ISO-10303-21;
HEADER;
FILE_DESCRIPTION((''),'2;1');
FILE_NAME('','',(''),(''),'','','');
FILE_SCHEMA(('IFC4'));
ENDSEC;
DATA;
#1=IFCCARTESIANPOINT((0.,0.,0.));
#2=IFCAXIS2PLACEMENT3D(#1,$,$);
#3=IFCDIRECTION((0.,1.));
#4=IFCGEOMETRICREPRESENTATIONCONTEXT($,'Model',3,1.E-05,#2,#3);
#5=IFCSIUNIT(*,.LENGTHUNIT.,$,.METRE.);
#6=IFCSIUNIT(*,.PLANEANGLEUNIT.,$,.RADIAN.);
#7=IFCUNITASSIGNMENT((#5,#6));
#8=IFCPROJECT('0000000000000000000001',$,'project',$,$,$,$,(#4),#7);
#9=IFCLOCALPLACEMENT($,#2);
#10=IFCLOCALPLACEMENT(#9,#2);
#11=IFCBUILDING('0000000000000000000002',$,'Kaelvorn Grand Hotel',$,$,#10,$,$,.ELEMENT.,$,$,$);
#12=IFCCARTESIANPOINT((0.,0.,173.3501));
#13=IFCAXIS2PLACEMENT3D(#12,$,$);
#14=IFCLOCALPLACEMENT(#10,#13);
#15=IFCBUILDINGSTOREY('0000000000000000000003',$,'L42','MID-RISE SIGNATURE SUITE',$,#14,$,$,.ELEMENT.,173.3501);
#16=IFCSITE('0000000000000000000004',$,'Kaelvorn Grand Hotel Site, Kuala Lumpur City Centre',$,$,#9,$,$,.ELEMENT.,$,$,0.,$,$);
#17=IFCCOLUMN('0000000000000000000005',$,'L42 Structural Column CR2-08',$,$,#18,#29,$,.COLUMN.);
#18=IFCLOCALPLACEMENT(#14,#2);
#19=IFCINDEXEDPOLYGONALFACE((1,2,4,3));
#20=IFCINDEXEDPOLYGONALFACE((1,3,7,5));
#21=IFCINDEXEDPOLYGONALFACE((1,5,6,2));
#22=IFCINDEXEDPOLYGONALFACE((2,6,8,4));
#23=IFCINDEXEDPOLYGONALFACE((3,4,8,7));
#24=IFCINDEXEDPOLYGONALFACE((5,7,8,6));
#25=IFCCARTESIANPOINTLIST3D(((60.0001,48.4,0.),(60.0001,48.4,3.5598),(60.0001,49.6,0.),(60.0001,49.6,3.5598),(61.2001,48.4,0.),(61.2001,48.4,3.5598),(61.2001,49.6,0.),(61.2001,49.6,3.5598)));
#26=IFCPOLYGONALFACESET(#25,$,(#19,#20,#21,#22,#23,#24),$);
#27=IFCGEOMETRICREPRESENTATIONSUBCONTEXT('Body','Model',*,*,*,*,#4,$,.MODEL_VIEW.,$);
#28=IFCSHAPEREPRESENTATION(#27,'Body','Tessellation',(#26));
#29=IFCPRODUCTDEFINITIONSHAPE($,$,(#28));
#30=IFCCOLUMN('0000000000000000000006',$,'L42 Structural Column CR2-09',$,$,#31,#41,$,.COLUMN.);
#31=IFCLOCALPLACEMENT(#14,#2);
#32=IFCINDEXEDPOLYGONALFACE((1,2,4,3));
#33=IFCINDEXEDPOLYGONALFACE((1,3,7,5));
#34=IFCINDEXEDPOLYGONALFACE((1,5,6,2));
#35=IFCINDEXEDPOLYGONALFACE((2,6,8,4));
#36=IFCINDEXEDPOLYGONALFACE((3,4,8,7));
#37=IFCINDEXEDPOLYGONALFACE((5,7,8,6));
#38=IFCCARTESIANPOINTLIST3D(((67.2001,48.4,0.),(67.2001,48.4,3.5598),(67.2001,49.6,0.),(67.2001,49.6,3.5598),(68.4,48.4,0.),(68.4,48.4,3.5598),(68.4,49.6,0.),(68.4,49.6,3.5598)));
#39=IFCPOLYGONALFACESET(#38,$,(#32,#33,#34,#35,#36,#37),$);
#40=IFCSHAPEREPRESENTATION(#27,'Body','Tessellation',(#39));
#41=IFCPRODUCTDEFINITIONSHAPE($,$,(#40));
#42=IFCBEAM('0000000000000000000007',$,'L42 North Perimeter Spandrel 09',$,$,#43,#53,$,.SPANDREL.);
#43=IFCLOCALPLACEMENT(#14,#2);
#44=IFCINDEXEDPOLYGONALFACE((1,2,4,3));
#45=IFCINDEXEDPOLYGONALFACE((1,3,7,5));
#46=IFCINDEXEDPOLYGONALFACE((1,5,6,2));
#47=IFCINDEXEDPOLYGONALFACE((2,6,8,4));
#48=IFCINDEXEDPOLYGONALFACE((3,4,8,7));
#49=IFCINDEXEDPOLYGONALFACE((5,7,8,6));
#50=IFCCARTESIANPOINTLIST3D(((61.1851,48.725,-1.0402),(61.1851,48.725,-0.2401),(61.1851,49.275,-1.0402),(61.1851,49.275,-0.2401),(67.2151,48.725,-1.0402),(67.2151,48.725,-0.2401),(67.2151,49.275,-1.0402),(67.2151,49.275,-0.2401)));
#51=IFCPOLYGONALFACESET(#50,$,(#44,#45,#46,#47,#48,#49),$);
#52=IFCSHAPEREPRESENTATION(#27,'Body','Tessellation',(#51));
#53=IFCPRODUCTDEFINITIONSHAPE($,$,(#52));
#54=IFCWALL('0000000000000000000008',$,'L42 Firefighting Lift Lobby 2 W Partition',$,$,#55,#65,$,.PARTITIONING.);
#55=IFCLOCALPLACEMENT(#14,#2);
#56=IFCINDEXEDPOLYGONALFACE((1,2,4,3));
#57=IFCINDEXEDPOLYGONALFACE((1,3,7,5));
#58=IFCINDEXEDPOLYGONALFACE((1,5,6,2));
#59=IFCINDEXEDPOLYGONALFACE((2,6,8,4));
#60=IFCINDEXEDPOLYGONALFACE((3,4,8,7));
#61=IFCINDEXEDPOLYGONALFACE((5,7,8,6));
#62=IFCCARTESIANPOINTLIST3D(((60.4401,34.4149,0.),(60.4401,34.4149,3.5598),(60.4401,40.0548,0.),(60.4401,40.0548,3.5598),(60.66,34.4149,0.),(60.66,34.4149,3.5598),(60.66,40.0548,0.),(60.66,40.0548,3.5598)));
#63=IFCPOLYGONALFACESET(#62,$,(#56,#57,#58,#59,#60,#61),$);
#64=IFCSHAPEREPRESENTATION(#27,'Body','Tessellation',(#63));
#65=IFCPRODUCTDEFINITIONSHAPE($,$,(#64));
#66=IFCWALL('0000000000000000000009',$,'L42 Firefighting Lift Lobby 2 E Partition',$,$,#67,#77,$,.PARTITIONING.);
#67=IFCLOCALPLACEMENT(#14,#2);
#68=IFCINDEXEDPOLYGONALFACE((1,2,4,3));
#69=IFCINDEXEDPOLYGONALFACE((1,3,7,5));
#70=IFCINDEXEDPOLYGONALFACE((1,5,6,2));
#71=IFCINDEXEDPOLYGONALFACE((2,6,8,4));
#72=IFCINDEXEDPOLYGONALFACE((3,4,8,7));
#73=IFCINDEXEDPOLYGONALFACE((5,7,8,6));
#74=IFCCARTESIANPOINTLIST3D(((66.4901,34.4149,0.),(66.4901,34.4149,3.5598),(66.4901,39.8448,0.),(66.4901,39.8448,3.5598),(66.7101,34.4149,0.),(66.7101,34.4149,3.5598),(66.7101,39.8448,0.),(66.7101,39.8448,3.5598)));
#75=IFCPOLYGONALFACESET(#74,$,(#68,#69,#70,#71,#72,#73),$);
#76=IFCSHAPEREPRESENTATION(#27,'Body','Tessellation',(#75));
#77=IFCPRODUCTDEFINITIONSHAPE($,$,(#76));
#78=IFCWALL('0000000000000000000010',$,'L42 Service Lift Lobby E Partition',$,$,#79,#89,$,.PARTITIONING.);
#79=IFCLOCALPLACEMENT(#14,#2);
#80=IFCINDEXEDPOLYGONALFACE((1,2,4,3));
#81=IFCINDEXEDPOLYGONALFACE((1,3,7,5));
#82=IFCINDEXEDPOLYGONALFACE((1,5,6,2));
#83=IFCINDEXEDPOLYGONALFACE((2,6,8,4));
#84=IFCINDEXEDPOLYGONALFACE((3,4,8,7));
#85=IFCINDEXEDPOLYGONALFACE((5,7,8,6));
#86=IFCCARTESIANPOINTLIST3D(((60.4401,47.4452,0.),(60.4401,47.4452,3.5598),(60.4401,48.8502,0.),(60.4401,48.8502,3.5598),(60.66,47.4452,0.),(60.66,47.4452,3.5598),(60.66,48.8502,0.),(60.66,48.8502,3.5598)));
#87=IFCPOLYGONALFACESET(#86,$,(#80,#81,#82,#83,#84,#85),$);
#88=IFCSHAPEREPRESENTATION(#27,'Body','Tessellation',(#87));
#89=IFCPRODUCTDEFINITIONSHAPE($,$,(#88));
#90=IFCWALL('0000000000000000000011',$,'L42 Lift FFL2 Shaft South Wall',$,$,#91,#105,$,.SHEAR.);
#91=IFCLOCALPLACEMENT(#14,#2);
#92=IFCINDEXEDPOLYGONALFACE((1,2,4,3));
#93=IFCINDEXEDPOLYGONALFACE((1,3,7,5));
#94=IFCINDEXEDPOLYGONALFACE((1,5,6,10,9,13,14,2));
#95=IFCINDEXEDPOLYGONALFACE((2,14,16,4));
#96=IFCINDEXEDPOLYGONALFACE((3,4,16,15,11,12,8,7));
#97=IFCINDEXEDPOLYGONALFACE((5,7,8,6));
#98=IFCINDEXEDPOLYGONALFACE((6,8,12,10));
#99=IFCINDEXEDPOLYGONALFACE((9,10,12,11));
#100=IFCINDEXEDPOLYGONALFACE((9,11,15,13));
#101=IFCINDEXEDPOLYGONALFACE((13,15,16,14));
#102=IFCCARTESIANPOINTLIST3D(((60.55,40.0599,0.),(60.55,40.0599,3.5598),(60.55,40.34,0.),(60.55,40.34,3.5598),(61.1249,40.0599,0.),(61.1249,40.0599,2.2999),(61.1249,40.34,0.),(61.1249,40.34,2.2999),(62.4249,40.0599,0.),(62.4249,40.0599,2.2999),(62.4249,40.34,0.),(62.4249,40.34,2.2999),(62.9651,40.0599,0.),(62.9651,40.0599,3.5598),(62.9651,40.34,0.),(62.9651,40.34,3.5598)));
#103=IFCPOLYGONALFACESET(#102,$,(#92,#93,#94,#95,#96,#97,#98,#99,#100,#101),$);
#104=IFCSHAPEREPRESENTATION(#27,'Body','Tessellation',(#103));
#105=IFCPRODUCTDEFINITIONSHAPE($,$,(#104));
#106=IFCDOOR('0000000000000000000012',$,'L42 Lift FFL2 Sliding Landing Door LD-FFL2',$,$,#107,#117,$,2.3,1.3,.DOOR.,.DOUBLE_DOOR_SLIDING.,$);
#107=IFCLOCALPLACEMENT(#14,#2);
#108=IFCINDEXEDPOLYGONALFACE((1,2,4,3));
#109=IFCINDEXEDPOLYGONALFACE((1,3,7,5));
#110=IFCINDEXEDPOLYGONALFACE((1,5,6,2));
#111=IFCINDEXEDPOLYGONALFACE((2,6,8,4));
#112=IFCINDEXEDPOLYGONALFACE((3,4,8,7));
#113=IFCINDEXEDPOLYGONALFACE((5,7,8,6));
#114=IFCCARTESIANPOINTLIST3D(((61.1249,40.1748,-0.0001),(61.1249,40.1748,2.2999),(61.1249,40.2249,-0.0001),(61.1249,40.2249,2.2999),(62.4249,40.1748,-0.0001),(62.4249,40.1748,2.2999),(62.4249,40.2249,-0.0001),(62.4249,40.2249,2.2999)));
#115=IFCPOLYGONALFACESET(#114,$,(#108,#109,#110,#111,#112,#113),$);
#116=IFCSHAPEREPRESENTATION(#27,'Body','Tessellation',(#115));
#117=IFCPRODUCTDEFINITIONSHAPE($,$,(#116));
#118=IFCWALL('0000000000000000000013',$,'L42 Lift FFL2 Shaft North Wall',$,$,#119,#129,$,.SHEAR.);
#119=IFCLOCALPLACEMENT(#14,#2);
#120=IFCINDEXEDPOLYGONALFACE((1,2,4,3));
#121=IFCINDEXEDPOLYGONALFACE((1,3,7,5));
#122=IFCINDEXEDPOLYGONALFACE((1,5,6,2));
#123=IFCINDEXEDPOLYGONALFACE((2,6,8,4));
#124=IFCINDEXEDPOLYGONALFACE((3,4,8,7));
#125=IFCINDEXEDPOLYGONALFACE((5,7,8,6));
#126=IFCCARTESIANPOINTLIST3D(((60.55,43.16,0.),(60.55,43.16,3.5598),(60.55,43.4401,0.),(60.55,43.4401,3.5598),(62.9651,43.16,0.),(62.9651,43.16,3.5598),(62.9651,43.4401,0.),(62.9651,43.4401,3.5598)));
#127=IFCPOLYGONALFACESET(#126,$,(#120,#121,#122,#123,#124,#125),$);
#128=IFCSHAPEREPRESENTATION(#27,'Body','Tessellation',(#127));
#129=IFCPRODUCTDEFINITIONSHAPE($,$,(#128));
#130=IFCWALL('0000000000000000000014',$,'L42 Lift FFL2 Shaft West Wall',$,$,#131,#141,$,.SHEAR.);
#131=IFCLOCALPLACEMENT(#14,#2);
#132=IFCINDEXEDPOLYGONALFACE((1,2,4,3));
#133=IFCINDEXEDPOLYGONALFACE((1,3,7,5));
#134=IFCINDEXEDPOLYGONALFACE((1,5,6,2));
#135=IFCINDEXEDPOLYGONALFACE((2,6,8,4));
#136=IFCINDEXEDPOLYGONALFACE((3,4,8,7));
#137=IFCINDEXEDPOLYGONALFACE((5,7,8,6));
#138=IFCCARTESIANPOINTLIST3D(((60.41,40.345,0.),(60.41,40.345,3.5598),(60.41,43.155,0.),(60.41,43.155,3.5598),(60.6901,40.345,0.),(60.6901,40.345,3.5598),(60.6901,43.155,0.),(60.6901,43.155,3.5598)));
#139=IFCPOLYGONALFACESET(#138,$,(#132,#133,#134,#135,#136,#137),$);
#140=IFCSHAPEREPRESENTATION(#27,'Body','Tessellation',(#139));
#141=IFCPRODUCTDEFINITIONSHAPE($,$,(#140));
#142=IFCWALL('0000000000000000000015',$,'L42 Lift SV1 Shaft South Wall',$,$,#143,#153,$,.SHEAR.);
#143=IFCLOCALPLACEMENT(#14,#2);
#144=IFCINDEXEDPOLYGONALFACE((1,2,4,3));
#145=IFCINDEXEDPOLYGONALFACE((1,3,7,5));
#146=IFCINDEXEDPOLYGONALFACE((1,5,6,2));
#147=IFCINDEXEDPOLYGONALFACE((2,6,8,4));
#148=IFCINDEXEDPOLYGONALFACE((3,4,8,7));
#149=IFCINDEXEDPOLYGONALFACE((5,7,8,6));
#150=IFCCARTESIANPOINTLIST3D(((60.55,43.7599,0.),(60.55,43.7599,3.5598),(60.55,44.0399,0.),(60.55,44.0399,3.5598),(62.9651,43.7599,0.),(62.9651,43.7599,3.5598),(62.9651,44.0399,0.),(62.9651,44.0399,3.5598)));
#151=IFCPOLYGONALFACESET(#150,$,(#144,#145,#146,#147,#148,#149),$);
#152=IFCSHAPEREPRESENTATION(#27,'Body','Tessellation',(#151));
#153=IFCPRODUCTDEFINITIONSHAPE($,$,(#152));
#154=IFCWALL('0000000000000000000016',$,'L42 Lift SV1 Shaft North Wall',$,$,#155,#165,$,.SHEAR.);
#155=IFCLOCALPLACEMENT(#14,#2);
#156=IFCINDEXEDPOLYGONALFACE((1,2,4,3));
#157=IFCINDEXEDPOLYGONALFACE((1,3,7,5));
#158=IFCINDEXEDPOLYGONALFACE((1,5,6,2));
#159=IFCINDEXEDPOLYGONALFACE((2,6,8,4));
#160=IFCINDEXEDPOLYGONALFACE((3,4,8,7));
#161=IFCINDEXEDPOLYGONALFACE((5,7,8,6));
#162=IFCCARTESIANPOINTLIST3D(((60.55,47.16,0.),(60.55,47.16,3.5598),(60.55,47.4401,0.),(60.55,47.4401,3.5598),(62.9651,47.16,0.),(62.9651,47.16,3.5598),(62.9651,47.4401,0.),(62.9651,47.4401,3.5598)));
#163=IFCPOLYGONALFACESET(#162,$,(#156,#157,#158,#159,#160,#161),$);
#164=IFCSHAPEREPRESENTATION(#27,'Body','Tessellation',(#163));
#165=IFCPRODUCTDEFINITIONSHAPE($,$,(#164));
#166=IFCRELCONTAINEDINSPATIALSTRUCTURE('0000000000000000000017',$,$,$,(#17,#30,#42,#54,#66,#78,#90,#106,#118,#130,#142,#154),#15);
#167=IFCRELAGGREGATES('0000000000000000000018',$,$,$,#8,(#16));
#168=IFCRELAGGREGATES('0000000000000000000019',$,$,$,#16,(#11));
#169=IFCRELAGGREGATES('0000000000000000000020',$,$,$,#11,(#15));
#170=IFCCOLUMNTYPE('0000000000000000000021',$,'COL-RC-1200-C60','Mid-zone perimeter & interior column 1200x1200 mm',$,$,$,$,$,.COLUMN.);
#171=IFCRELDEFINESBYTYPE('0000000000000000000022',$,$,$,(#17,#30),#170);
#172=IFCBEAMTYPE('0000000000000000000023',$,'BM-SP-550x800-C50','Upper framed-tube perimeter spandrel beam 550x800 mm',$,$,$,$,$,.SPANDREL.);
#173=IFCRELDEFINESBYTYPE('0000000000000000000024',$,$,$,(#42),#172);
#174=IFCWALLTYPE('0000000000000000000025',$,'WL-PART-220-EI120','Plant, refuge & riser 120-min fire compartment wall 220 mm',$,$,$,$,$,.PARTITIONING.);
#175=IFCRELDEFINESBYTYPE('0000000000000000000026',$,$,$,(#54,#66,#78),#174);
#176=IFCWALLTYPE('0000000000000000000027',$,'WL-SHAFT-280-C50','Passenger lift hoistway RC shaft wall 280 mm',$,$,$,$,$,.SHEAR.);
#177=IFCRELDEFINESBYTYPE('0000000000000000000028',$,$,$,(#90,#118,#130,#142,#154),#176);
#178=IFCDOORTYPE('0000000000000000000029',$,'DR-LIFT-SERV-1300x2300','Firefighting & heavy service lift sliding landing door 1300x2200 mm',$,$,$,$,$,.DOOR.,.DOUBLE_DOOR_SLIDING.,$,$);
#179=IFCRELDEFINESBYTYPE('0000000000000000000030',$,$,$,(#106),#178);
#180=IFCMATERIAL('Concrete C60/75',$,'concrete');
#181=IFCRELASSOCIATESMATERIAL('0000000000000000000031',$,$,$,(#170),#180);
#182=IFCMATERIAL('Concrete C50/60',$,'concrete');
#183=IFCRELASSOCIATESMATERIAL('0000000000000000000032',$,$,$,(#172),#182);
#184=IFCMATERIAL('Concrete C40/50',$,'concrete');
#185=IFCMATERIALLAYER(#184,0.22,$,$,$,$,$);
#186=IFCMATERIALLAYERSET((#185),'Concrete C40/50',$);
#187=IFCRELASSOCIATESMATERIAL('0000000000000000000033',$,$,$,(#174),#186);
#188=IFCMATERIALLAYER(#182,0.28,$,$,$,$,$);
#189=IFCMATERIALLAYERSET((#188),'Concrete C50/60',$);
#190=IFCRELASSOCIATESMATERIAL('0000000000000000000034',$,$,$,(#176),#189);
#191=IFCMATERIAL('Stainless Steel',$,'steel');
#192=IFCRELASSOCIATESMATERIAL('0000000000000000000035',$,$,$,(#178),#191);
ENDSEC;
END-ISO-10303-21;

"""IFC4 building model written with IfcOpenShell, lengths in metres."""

from ifc_helpers import new_model, si_unit, direction, frame, frame_2d, origin, origin_2d, place, context, subcontext, project, spatial, rectangle, extrude, material, layer, layer_set, material_profile, profile_set, type_object, element, fill, save


model = new_model("IFC4")

# Units and contexts
model_context = context("Model", 3, precision=1e-05, world=origin(), true_north=direction((0.0, 1.0)))
body_context = subcontext(model_context, "Body", "Model", "MODEL_VIEW")
ifc_project = project(units=[si_unit("LENGTHUNIT", "METRE"), si_unit("PLANEANGLEUNIT", "RADIAN")], contexts=[model_context])

# Site, building, storey
site_placement = place(None, origin())
site = spatial("IfcSite", under=ifc_project, at=site_placement, Name="Kaelvorn Grand Hotel Site, Kuala Lumpur City Centre", CompositionType="ELEMENT", RefElevation=0.0)
building_placement = place(site_placement, origin())
building = spatial("IfcBuilding", under=site, at=building_placement, Name="Kaelvorn Grand Hotel", CompositionType="ELEMENT")
storey_placement = place(building_placement, frame((0.0, 0.0, 173.3501)))
storey = spatial("IfcBuildingStorey", under=building, at=storey_placement, Name="L42", Description="MID-RISE SIGNATURE SUITE", CompositionType="ELEMENT", Elevation=173.3501)

# Columns
ifc_material_1 = material(Name="Concrete C60/75", Category="concrete")
ifc_material_profile_1 = material_profile(ifc_material_1, rectangle(XDim=1.2, YDim=1.2, at=origin_2d()), Name="RC COL 1200x1200")
ifc_profile_set_1 = profile_set([ifc_material_profile_1], Name="Concrete C60/75")
column_type = type_object("IfcColumnType", Name="COL-RC-1200-C60", Description="Mid-zone perimeter & interior column 1200x1200 mm", PredefinedType="COLUMN", material=ifc_profile_set_1)
for number, where, z_axis, x_axis, name in (
    (1, (60.6001, 49.0, 0.0), (0.0, 0.0, 1.0), (1.0, 0.0, 0.0), "L42 Structural Column CR2-08"),
    (2, (67.8, 49.0, 0.0), (0.0, 0.0, 1.0), (1.0, 0.0, 0.0), "L42 Structural Column CR2-09"),
):
    element("IfcColumn", number, at=place(storey_placement, frame(where, z_axis=z_axis, x_axis=x_axis)), inside=storey, type_object=column_type, Name=name, PredefinedType="COLUMN", context=body_context, shape_type="SweptSolid", body=[
        extrude(rectangle(XDim=1.2, YDim=1.2, at=origin_2d()), origin(), (0.0, 0.0, 1.0), 3.5598),
    ])

# Beam
ifc_material_2 = material(Name="Concrete C50/60", Category="concrete")
ifc_material_profile_2 = material_profile(ifc_material_2, rectangle(XDim=0.55, YDim=0.8, at=origin_2d()), Name="RC SPANDREL 550x800")
ifc_profile_set_2 = profile_set([ifc_material_profile_2], Name="Concrete C50/60")
beam_type = type_object("IfcBeamType", Name="BM-SP-550x800-C50", Description="Upper framed-tube perimeter spandrel beam 550x800 mm", PredefinedType="SPANDREL", material=ifc_profile_set_2)
beam_placement = place(storey_placement, frame((61.1851, 49.0, -0.6401), z_axis=(1.0, 0.0, 0.0), x_axis=(0.0, 1.0, 0.0)))
element("IfcBeam", 3, at=beam_placement, inside=storey, type_object=beam_type, Name="L42 North Perimeter Spandrel 09", PredefinedType="SPANDREL", context=body_context, shape_type="SweptSolid", body=[
    extrude(rectangle(XDim=0.55, YDim=0.8, at=origin_2d()), origin(), (0.0, 0.0, 1.0), 6.03),
])

# Walls
ifc_material_3 = material(Name="Concrete C40/50", Category="concrete")
ifc_layer_1 = layer(ifc_material_3, 0.22)
ifc_layer_set_1 = layer_set([ifc_layer_1], Name="Concrete C40/50")
wall_type_1 = type_object("IfcWallType", Name="WL-PART-220-EI120", Description="Plant, refuge & riser 120-min fire compartment wall 220 mm", PredefinedType="PARTITIONING", material=ifc_layer_set_1)
wall_1_placement = place(storey_placement, frame((60.55, 34.415, 0.0), z_axis=(0.0, 0.0, 1.0), x_axis=(0.0, 1.0, 0.0)))
element("IfcWall", 4, at=wall_1_placement, inside=storey, type_object=wall_type_1, Name="L42 Firefighting Lift Lobby 2 W Partition", PredefinedType="PARTITIONING", context=body_context, shape_type="SweptSolid", body=[
    extrude(rectangle(XDim=5.6399, YDim=0.22, at=frame_2d((2.8198, 0.0))), origin(), (0.0, 0.0, 1.0), 3.5598),
])
wall_2_placement = place(storey_placement, frame((66.6001, 34.415, 0.0), z_axis=(0.0, 0.0, 1.0), x_axis=(0.0, 1.0, 0.0)))
element("IfcWall", 5, at=wall_2_placement, inside=storey, type_object=wall_type_1, Name="L42 Firefighting Lift Lobby 2 E Partition", PredefinedType="PARTITIONING", context=body_context, shape_type="SweptSolid", body=[
    extrude(rectangle(XDim=5.4299, YDim=0.22, at=frame_2d((2.7148, 0.0))), origin(), (0.0, 0.0, 1.0), 3.5598),
])
wall_3_placement = place(storey_placement, frame((60.55, 47.4451, 0.0), z_axis=(0.0, 0.0, 1.0), x_axis=(0.0, 1.0, 0.0)))
element("IfcWall", 6, at=wall_3_placement, inside=storey, type_object=wall_type_1, Name="L42 Service Lift Lobby E Partition", PredefinedType="PARTITIONING", context=body_context, shape_type="SweptSolid", body=[
    extrude(rectangle(XDim=1.405, YDim=0.22, at=frame_2d((0.7026, 0.0))), origin(), (0.0, 0.0, 1.0), 3.5598),
])

# Wall, opening, door
ifc_layer_2 = layer(ifc_material_2, 0.28)
ifc_layer_set_2 = layer_set([ifc_layer_2], Name="Concrete C50/60")
wall_type_2 = type_object("IfcWallType", Name="WL-SHAFT-280-C50", Description="Passenger lift hoistway RC shaft wall 280 mm", PredefinedType="SHEAR", material=ifc_layer_set_2)
wall_4_placement = place(storey_placement, frame((60.55, 40.2, 0.0), z_axis=(0.0, 0.0, 1.0), x_axis=(1.0, 0.0, 0.0)))
wall_4 = element("IfcWall", 7, at=wall_4_placement, inside=storey, type_object=wall_type_2, Name="L42 Lift FFL2 Shaft South Wall", PredefinedType="SHEAR", context=body_context, shape_type="SweptSolid", body=[
    extrude(rectangle(XDim=2.415, YDim=0.28, at=frame_2d((1.2075, 0.0))), origin(), (0.0, 0.0, 1.0), 3.5598),
])
opening_1_placement = place(wall_4_placement, frame((0.575, 0.0, 0.0)))
opening_1 = element("IfcOpeningElement", 8, at=opening_1_placement, cuts=wall_4, PredefinedType="OPENING", context=body_context, shape_type="SweptSolid", body=[
    extrude(rectangle(XDim=1.3, YDim=2.3, at=frame_2d((0.6499, 1.1499))), frame((0.0, 0.1499, 0.0), z_axis=(0.0, -1.0, 0.0), x_axis=(1.0, 0.0, 0.0)), (0.0, 0.0, 1.0), 0.3),
])
ifc_material_4 = material(Name="Stainless Steel", Category="steel")
door_type_1 = type_object("IfcDoorType", Name="DR-LIFT-SERV-1300x2300", Description="Firefighting & heavy service lift sliding landing door 1300x2200 mm", OperationType="DOUBLE_DOOR_SLIDING", PredefinedType="DOOR", material=ifc_material_4)
door_1_placement = place(opening_1_placement, origin())
door_1 = element("IfcDoor", 9, at=door_1_placement, inside=storey, type_object=door_type_1, Name="L42 Lift FFL2 Sliding Landing Door LD-FFL2", OperationType="DOUBLE_DOOR_SLIDING", OverallHeight=2.3, OverallWidth=1.3, PredefinedType="DOOR", context=body_context, shape_type="SweptSolid", body=[
    extrude(rectangle(XDim=1.3, YDim=2.3, at=frame_2d((0.6499, 1.1499))), frame((0.0, 0.0249, 0.0), z_axis=(0.0, -1.0, 0.0), x_axis=(1.0, 0.0, 0.0)), (0.0, 0.0, 1.0), 0.05),
])
fill(opening_1, door_1)

# Walls
wall_5_placement = place(storey_placement, frame((60.55, 43.3, 0.0), z_axis=(0.0, 0.0, 1.0), x_axis=(1.0, 0.0, 0.0)))
element("IfcWall", 10, at=wall_5_placement, inside=storey, type_object=wall_type_2, Name="L42 Lift FFL2 Shaft North Wall", PredefinedType="SHEAR", context=body_context, shape_type="SweptSolid", body=[
    extrude(rectangle(XDim=2.415, YDim=0.28, at=frame_2d((1.2075, 0.0))), origin(), (0.0, 0.0, 1.0), 3.5598),
])
wall_6_placement = place(storey_placement, frame((60.55, 40.345, 0.0), z_axis=(0.0, 0.0, 1.0), x_axis=(0.0, 1.0, 0.0)))
element("IfcWall", 11, at=wall_6_placement, inside=storey, type_object=wall_type_2, Name="L42 Lift FFL2 Shaft West Wall", PredefinedType="SHEAR", context=body_context, shape_type="SweptSolid", body=[
    extrude(rectangle(XDim=2.8101, YDim=0.28, at=frame_2d((1.405, 0.0))), origin(), (0.0, 0.0, 1.0), 3.5598),
])
for number, where, z_axis, x_axis, name in (
    (12, (60.55, 43.8999, 0.0), (0.0, 0.0, 1.0), (1.0, 0.0, 0.0), "L42 Lift SV1 Shaft South Wall"),
    (13, (60.55, 47.3, 0.0), (0.0, 0.0, 1.0), (1.0, 0.0, 0.0), "L42 Lift SV1 Shaft North Wall"),
):
    element("IfcWall", number, at=place(storey_placement, frame(where, z_axis=z_axis, x_axis=x_axis)), inside=storey, type_object=wall_type_2, Name=name, PredefinedType="SHEAR", context=body_context, shape_type="SweptSolid", body=[
        extrude(rectangle(XDim=2.415, YDim=0.28, at=frame_2d((1.2075, 0.0))), origin(), (0.0, 0.0, 1.0), 3.5598),
    ])

save(model, "model.ifc")
